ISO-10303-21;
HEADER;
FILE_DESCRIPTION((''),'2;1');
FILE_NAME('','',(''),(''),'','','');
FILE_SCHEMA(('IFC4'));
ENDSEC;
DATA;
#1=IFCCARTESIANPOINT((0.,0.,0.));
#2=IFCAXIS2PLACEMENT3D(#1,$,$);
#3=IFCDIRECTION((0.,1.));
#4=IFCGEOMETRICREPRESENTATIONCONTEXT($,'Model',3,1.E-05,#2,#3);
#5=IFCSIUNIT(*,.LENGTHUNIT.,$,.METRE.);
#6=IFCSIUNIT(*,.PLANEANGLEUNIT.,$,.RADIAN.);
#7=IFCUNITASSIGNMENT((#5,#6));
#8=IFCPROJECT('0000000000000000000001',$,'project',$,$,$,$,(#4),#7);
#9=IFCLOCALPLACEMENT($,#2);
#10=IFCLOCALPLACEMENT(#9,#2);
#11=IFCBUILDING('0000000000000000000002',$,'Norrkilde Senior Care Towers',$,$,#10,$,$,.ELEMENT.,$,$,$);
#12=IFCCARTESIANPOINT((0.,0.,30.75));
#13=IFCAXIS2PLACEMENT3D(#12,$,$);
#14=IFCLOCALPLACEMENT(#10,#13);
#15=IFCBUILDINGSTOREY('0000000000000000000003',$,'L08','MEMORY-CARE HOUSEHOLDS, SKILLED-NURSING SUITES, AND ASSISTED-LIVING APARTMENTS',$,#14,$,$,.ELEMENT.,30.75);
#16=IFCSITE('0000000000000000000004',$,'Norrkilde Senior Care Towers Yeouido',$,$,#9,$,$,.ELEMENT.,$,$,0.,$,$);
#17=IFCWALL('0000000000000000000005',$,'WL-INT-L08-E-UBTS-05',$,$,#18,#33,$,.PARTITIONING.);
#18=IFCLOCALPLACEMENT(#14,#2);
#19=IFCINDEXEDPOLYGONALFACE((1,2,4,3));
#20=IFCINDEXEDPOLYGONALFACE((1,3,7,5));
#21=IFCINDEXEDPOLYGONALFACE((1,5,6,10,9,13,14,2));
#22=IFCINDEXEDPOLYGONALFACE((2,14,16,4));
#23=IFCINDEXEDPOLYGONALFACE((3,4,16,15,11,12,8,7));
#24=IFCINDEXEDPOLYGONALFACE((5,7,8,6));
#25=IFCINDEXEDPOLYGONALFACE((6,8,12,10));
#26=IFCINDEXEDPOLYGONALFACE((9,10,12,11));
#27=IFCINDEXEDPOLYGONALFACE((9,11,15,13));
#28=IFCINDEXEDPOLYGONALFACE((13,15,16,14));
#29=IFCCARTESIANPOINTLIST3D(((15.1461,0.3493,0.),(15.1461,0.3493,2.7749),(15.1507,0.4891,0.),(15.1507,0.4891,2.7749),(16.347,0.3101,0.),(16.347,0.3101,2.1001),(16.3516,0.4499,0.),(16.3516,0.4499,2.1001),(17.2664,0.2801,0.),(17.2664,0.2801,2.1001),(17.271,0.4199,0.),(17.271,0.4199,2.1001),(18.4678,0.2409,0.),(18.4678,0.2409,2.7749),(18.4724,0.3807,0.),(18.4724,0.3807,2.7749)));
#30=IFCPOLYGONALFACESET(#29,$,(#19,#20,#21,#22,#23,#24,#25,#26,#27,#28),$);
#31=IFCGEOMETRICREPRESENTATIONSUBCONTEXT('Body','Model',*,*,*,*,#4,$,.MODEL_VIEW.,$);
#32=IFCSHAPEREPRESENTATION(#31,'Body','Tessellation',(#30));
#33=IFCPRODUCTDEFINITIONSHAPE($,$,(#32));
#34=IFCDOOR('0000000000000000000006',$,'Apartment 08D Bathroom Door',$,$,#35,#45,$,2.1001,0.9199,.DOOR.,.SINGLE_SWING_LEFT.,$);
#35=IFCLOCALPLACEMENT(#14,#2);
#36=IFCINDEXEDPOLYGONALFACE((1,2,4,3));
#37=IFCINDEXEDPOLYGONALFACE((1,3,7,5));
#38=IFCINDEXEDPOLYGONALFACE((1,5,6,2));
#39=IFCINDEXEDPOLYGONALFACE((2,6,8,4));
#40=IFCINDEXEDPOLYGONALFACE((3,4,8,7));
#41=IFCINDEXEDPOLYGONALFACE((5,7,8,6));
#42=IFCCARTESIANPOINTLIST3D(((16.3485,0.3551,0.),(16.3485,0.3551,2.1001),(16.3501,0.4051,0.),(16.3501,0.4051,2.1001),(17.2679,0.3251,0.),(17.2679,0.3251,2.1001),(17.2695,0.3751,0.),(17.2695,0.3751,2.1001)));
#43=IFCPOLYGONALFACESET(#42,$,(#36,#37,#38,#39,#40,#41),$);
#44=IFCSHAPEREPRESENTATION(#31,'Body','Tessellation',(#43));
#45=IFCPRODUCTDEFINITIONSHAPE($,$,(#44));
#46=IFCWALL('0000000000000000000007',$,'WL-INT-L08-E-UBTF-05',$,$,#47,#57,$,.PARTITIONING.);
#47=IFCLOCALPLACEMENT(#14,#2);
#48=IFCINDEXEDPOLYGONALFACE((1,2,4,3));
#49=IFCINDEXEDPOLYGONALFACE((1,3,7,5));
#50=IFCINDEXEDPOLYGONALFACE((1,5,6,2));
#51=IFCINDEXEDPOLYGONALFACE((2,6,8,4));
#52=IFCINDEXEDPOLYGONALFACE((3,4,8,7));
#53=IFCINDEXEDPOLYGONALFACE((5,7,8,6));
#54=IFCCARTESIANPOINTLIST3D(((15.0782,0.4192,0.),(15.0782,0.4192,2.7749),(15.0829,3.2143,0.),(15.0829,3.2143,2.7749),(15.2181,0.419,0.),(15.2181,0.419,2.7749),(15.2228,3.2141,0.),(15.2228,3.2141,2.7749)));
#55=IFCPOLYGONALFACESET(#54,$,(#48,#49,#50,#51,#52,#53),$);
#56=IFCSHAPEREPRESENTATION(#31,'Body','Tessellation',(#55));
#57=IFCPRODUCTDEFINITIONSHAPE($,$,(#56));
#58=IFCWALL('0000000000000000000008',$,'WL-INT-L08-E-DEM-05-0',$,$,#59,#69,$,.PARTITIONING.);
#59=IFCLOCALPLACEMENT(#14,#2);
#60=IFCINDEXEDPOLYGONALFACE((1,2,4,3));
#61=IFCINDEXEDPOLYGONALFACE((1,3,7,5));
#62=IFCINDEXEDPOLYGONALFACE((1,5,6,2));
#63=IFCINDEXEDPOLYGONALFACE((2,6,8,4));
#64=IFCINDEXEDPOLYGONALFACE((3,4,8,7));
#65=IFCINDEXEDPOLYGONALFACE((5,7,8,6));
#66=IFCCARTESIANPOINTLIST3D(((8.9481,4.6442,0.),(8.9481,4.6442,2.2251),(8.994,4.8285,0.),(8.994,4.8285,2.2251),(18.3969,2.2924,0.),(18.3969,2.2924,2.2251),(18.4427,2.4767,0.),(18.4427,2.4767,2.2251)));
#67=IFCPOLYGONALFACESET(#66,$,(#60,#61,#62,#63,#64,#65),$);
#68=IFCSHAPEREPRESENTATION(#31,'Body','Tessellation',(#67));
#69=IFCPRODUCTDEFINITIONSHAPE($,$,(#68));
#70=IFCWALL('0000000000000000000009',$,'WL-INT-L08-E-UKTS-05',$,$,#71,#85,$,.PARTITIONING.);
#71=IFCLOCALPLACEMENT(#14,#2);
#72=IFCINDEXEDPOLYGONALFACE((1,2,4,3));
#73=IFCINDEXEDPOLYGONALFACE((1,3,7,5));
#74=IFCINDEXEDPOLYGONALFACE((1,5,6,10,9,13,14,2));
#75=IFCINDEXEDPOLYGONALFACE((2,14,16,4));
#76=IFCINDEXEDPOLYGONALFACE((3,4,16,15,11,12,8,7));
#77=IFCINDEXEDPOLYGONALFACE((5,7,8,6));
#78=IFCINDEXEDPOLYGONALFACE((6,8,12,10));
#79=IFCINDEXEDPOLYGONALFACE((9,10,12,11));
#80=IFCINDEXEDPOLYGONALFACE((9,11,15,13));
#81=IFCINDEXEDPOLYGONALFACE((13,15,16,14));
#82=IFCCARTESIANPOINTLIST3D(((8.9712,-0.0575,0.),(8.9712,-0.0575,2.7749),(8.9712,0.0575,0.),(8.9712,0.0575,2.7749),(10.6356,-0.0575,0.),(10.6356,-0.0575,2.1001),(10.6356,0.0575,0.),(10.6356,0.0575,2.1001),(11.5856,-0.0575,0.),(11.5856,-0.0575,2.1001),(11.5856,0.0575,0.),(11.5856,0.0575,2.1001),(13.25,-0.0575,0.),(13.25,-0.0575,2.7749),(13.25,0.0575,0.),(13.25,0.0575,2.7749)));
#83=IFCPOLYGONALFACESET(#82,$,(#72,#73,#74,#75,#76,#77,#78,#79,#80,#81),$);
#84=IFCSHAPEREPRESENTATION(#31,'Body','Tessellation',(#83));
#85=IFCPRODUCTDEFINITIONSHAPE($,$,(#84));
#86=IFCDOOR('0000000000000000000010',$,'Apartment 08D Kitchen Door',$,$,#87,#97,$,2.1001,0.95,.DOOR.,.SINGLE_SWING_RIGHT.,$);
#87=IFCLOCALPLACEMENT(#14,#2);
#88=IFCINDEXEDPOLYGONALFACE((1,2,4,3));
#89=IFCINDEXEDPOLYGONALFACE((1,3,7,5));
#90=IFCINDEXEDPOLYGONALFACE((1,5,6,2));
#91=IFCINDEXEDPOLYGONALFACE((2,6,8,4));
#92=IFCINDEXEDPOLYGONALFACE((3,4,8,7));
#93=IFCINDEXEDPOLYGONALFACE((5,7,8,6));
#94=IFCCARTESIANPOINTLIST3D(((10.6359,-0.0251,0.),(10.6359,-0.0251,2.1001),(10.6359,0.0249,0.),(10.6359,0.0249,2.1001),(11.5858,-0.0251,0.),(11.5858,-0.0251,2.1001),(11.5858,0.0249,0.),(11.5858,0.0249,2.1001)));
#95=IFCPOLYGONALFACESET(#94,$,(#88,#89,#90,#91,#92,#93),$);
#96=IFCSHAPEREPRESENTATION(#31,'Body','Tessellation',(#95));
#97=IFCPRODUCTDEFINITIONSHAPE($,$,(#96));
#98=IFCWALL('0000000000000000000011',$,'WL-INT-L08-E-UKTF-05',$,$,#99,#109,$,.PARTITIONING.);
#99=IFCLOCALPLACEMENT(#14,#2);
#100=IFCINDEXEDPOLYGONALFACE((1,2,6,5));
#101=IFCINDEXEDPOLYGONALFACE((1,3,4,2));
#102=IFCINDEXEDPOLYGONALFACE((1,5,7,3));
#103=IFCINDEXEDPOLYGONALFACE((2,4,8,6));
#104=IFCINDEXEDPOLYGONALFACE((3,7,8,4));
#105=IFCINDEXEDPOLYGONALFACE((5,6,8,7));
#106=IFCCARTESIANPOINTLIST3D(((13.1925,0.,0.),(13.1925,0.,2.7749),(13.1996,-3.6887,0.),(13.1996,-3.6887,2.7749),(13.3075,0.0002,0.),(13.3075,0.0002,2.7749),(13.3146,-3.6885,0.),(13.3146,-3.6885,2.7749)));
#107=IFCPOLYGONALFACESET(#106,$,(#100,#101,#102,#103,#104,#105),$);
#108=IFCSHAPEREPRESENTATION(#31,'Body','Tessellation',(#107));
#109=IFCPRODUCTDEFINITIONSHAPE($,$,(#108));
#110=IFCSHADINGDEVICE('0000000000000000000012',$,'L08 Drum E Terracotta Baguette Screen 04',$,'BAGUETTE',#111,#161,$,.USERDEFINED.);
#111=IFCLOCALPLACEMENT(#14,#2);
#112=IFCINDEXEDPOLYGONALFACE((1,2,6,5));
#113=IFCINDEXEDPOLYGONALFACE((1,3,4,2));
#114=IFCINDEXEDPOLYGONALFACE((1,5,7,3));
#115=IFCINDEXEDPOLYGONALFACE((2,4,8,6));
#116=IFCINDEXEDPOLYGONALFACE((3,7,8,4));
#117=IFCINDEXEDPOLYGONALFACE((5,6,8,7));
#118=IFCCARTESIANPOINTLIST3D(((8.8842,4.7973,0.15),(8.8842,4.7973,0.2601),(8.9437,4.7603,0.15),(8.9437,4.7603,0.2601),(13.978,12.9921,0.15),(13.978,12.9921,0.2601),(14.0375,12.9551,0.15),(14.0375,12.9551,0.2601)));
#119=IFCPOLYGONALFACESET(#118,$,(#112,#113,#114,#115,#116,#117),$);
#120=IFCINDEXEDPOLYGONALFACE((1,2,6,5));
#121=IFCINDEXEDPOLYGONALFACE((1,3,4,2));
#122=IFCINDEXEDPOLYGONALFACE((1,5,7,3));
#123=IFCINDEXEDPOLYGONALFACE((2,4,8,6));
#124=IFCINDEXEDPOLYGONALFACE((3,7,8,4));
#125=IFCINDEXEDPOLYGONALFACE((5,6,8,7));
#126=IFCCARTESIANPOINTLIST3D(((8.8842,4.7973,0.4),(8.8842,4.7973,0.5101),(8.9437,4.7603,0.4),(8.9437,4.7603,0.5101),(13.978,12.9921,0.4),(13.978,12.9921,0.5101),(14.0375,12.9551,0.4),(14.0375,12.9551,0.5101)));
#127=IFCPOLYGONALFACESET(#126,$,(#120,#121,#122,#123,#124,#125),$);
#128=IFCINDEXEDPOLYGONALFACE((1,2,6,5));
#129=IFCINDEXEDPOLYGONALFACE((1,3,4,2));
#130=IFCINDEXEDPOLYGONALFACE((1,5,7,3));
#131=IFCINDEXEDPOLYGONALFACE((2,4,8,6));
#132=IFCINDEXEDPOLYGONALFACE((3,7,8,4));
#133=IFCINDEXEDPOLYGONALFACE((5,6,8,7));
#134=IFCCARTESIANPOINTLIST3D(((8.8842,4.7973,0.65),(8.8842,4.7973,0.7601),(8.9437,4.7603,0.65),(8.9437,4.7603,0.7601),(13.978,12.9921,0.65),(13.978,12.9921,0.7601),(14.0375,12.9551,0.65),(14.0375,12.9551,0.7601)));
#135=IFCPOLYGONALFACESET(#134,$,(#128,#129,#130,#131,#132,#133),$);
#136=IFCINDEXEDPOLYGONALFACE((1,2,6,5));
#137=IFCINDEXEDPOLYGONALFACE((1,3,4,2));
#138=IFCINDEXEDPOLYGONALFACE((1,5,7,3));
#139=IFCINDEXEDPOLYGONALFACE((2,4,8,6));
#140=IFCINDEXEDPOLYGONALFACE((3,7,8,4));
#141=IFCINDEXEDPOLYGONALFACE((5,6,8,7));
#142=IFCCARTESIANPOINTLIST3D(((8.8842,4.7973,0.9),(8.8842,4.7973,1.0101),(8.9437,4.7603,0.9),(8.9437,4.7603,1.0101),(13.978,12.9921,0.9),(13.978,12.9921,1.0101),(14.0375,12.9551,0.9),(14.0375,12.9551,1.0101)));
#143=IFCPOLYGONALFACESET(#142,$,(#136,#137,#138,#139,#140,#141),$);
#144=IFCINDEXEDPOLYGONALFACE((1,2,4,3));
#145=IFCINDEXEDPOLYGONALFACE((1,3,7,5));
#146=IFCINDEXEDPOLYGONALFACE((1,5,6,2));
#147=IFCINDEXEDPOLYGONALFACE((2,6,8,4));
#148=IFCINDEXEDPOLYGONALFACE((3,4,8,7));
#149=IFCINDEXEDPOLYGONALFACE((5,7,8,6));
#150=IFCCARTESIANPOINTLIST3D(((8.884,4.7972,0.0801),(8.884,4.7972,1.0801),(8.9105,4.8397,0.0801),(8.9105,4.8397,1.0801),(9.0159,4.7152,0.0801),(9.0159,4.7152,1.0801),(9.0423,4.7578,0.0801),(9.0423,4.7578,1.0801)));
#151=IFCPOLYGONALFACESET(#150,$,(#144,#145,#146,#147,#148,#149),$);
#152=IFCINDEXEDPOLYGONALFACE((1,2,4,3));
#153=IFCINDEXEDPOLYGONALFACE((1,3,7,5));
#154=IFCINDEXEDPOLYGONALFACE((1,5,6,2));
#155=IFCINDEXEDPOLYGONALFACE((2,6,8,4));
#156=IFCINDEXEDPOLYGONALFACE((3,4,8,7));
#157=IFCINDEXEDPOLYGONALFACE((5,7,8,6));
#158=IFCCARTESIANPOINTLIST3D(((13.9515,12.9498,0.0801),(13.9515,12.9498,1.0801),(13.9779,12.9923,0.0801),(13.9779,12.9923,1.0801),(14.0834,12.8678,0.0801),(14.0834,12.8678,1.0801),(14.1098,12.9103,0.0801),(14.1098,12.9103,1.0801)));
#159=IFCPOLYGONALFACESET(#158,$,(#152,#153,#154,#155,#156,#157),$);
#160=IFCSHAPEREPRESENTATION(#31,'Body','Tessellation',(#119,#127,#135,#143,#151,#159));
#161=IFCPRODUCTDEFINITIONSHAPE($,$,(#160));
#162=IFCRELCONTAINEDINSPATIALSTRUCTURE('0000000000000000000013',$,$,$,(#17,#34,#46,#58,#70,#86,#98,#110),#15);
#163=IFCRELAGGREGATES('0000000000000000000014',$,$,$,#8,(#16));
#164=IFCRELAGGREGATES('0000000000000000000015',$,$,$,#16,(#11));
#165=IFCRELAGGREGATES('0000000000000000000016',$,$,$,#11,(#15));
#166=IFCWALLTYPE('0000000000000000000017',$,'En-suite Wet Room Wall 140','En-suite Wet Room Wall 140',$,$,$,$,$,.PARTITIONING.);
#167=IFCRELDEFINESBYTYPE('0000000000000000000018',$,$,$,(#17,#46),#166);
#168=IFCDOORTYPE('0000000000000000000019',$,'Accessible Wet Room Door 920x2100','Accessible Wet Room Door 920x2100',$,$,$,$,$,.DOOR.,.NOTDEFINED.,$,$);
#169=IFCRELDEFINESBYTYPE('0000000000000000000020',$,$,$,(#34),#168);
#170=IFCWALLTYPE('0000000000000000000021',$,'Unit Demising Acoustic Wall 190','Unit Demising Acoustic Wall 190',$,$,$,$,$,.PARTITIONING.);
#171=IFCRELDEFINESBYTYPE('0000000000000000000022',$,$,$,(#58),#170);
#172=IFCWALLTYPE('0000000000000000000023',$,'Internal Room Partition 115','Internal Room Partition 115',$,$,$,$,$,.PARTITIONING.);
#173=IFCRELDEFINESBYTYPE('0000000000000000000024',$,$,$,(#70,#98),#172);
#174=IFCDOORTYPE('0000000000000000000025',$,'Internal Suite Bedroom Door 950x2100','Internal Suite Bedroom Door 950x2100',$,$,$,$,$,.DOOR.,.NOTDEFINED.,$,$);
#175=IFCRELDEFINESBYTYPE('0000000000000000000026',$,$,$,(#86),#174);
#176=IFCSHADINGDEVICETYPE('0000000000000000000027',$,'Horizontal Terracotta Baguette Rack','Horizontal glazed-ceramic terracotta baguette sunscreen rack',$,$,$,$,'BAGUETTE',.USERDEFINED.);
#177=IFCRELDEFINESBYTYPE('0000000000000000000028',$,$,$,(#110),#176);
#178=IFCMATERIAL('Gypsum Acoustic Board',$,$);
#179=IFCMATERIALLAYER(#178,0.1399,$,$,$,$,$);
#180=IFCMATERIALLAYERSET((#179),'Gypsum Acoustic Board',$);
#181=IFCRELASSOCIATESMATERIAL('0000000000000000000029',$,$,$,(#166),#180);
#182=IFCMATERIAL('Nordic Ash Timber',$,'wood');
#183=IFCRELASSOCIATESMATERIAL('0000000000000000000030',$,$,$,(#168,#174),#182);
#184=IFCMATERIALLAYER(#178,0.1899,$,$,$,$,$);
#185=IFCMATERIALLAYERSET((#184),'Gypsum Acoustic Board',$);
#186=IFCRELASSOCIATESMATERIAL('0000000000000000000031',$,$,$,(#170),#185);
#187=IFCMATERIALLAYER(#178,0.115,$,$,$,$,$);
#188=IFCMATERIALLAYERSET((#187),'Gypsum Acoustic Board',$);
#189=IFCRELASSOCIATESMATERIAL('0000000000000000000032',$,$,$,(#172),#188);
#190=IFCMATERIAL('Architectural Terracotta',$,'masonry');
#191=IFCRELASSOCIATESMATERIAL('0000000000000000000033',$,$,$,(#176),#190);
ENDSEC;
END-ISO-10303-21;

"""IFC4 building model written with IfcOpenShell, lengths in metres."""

from ifc_helpers import new_model, si_unit, direction, frame, frame_2d, origin, origin_2d, place, context, subcontext, project, spatial, rectangle, extrude, source, transform, mapped, material, layer, layer_set, type_object, type_shapes, element, fill, save


model = new_model("IFC4")

# Units and contexts
model_context = context("Model", 3, precision=1e-05, world=origin(), true_north=direction((0.0, 1.0)))
body_context = subcontext(model_context, "Body", "Model", "MODEL_VIEW")
ifc_project = project(units=[si_unit("LENGTHUNIT", "METRE"), si_unit("PLANEANGLEUNIT", "RADIAN")], contexts=[model_context])

# Site, building, storey
site_placement = place(None, origin())
site = spatial("IfcSite", under=ifc_project, at=site_placement, Name="Norrkilde Senior Care Towers Yeouido", CompositionType="ELEMENT", RefElevation=0.0)
building_placement = place(site_placement, origin())
building = spatial("IfcBuilding", under=site, at=building_placement, Name="Norrkilde Senior Care Towers", CompositionType="ELEMENT")
storey_placement = place(building_placement, frame((0.0, 0.0, 30.75)))
storey = spatial("IfcBuildingStorey", under=building, at=storey_placement, Name="L08", Description="MEMORY-CARE HOUSEHOLDS, SKILLED-NURSING SUITES, AND ASSISTED-LIVING APARTMENTS", CompositionType="ELEMENT", Elevation=30.75)

# Wall, opening, door
ifc_material_1 = material(Name="Gypsum Acoustic Board")
ifc_layer_1 = layer(ifc_material_1, 0.1399)
ifc_layer_set_1 = layer_set([ifc_layer_1], Name="Gypsum Acoustic Board")
wall_type_1 = type_object("IfcWallType", Name="En-suite Wet Room Wall 140", Description="En-suite Wet Room Wall 140", PredefinedType="PARTITIONING", material=ifc_layer_set_1)
shared_shape_1 = source(origin(), body_context, "Body", "SweptSolid", [
    extrude(rectangle(XDim=3.3235, YDim=0.1399, at=frame_2d((1.6616, 0.0))), origin(), (0.0, 0.0, 1.0), 2.7749),
])
wall_1_placement = place(storey_placement, frame((18.47, 0.3108, 0.0), z_axis=(0.0, 0.0, 1.0), x_axis=(-0.999468, 0.032615, 0.0)))
wall_1 = element("IfcWall", 1, at=wall_1_placement, inside=storey, type_object=wall_type_1, Name="WL-INT-L08-E-UBTS-05", PredefinedType="PARTITIONING", context=body_context, shape_type="MappedRepresentation", body=[
    mapped(shared_shape_1, transform((0.0, 0.0, 0.0), x_axis=(1.0, 0.0, 0.0), y_axis=(0.0, 1.0, 0.0), z_axis=(0.0, 0.0, 1.0), scale=1.0)),
])
opening_1_placement = place(wall_1_placement, frame((1.2019, 0.0, 0.0)))
opening_1 = element("IfcOpeningElement", 2, at=opening_1_placement, cuts=wall_1, PredefinedType="OPENING", context=body_context, shape_type="SweptSolid", body=[
    extrude(rectangle(XDim=0.9199, YDim=2.1001, at=frame_2d((0.46, 1.05))), frame((0.0, 0.0798, 0.0), z_axis=(0.0, -1.0, 0.0), x_axis=(1.0, 0.0, 0.0)), (0.0, 0.0, 1.0), 0.1599),
])
ifc_material_2 = material(Name="Nordic Ash Timber", Category="wood")
door_type_1 = type_object("IfcDoorType", Name="Accessible Wet Room Door 920x2100", Description="Accessible Wet Room Door 920x2100", OperationType="NOTDEFINED", PredefinedType="DOOR", material=ifc_material_2)
shared_shape_2 = source(origin(), body_context, "Body", "SweptSolid", [
    extrude(rectangle(XDim=0.9199, YDim=2.1001, at=frame_2d((0.46, 1.05))), frame((0.0, 0.0249, 0.0), z_axis=(0.0, -1.0, 0.0), x_axis=(1.0, 0.0, 0.0)), (0.0, 0.0, 1.0), 0.05),
])
type_shapes(door_type_1, [shared_shape_2])
door_1_placement = place(opening_1_placement, origin())
door_1 = element("IfcDoor", 3, at=door_1_placement, inside=storey, type_object=door_type_1, Name="Apartment 08D Bathroom Door", OperationType="SINGLE_SWING_LEFT", OverallHeight=2.1001, OverallWidth=0.9199, PredefinedType="DOOR", context=body_context, shape_type="MappedRepresentation", body=[
    mapped(shared_shape_2, transform((0.0, 0.0, 0.0), x_axis=(1.0, 0.0, 0.0), y_axis=(0.0, 1.0, 0.0), z_axis=(0.0, 0.0, 1.0), scale=1.0)),
])
fill(opening_1, door_1)

# Walls
shared_shape_3 = source(origin(), body_context, "Body", "SweptSolid", [
    extrude(rectangle(XDim=2.7952, YDim=0.1399, at=frame_2d((1.3975, 0.0))), origin(), (0.0, 0.0, 1.0), 2.7749),
])
type_shapes(wall_type_1, [shared_shape_1, shared_shape_3])
wall_2_placement = place(storey_placement, frame((15.1482, 0.4192, 0.0), z_axis=(0.0, 0.0, 1.0), x_axis=(0.00166, 0.999999, 0.0)))
element("IfcWall", 4, at=wall_2_placement, inside=storey, type_object=wall_type_1, Name="WL-INT-L08-E-UBTF-05", PredefinedType="PARTITIONING", context=body_context, shape_type="MappedRepresentation", body=[
    mapped(shared_shape_3, transform((0.0, 0.0, 0.0), x_axis=(1.0, 0.0, 0.0), y_axis=(0.0, 1.0, 0.0), z_axis=(0.0, 0.0, 1.0), scale=1.0)),
])
ifc_layer_2 = layer(ifc_material_1, 0.1899)
ifc_layer_set_2 = layer_set([ifc_layer_2], Name="Gypsum Acoustic Board")
wall_type_2 = type_object("IfcWallType", Name="Unit Demising Acoustic Wall 190", Description="Unit Demising Acoustic Wall 190", PredefinedType="PARTITIONING", material=ifc_layer_set_2)
shared_shape_4 = source(origin(), body_context, "Body", "SweptSolid", [
    extrude(rectangle(XDim=9.7371, YDim=0.1899, at=frame_2d((4.8687, 0.0))), origin(), (0.0, 0.0, 1.0), 2.2251),
])
type_shapes(wall_type_2, [shared_shape_4])
wall_3_placement = place(storey_placement, frame((18.4199, 2.3845, 0.0), z_axis=(0.0, 0.0, 1.0), x_axis=(-0.970393, 0.241533, 0.0)))
element("IfcWall", 5, at=wall_3_placement, inside=storey, type_object=wall_type_2, Name="WL-INT-L08-E-DEM-05-0", PredefinedType="PARTITIONING", context=body_context, shape_type="MappedRepresentation", body=[
    mapped(shared_shape_4, transform((0.0, 0.0, 0.0), x_axis=(1.0, 0.0, 0.0), y_axis=(0.0, 1.0, 0.0), z_axis=(0.0, 0.0, 1.0), scale=1.0)),
])

# Wall, opening, door
ifc_layer_3 = layer(ifc_material_1, 0.115)
ifc_layer_set_3 = layer_set([ifc_layer_3], Name="Gypsum Acoustic Board")
wall_type_3 = type_object("IfcWallType", Name="Internal Room Partition 115", Description="Internal Room Partition 115", PredefinedType="PARTITIONING", material=ifc_layer_set_3)
shared_shape_5 = source(origin(), body_context, "Body", "SweptSolid", [
    extrude(rectangle(XDim=4.2788, YDim=0.115, at=frame_2d((2.1394, 0.0))), origin(), (0.0, 0.0, 1.0), 2.7749),
])
wall_4_placement = place(storey_placement, frame((13.25, 0.0, 0.0), z_axis=(0.0, 0.0, 1.0), x_axis=(-1.0, 0.0, 0.0)))
wall_4 = element("IfcWall", 6, at=wall_4_placement, inside=storey, type_object=wall_type_3, Name="WL-INT-L08-E-UKTS-05", PredefinedType="PARTITIONING", context=body_context, shape_type="MappedRepresentation", body=[
    mapped(shared_shape_5, transform((0.0, 0.0, 0.0), x_axis=(1.0, 0.0, 0.0), y_axis=(0.0, 1.0, 0.0), z_axis=(0.0, 0.0, 1.0), scale=1.0)),
])
opening_2_placement = place(wall_4_placement, frame((1.6643, 0.0, 0.0)))
opening_2 = element("IfcOpeningElement", 7, at=opening_2_placement, cuts=wall_4, PredefinedType="OPENING", context=body_context, shape_type="SweptSolid", body=[
    extrude(rectangle(XDim=0.95, YDim=2.1001, at=frame_2d((0.4751, 1.05))), frame((0.0, 0.0674, 0.0), z_axis=(0.0, -1.0, 0.0), x_axis=(1.0, 0.0, 0.0)), (0.0, 0.0, 1.0), 0.135),
])
door_type_2 = type_object("IfcDoorType", Name="Internal Suite Bedroom Door 950x2100", Description="Internal Suite Bedroom Door 950x2100", OperationType="NOTDEFINED", PredefinedType="DOOR", material=ifc_material_2)
shared_shape_6 = source(origin(), body_context, "Body", "SweptSolid", [
    extrude(rectangle(XDim=0.95, YDim=2.1001, at=frame_2d((0.4751, 1.05))), frame((0.0, 0.0249, 0.0), z_axis=(0.0, -1.0, 0.0), x_axis=(1.0, 0.0, 0.0)), (0.0, 0.0, 1.0), 0.05),
])
type_shapes(door_type_2, [shared_shape_6])
door_2_placement = place(opening_2_placement, frame((0.95, 0.0, 0.0), z_axis=(0.0, 0.0, 1.0), x_axis=(-1.0, 0.0, 0.0)))
door_2 = element("IfcDoor", 8, at=door_2_placement, inside=storey, type_object=door_type_2, Name="Apartment 08D Kitchen Door", OperationType="SINGLE_SWING_RIGHT", OverallHeight=2.1001, OverallWidth=0.95, PredefinedType="DOOR", context=body_context, shape_type="MappedRepresentation", body=[
    mapped(shared_shape_6, transform((0.0, 0.0, 0.0), x_axis=(1.0, 0.0, 0.0), y_axis=(0.0, 1.0, 0.0), z_axis=(0.0, 0.0, 1.0), scale=1.0)),
])
fill(opening_2, door_2)

# Wall
shared_shape_7 = source(origin(), body_context, "Body", "SweptSolid", [
    extrude(rectangle(XDim=3.6887, YDim=0.115, at=frame_2d((1.8442, 0.0))), origin(), (0.0, 0.0, 1.0), 2.7749),
])
type_shapes(wall_type_3, [shared_shape_5, shared_shape_7])
wall_5_placement = place(storey_placement, frame((13.25, 0.0, 0.0), z_axis=(0.0, 0.0, 1.0), x_axis=(0.001919, -0.999998, 0.0)))
element("IfcWall", 9, at=wall_5_placement, inside=storey, type_object=wall_type_3, Name="WL-INT-L08-E-UKTF-05", PredefinedType="PARTITIONING", context=body_context, shape_type="MappedRepresentation", body=[
    mapped(shared_shape_7, transform((0.0, 0.0, 0.0), x_axis=(1.0, 0.0, 0.0), y_axis=(0.0, 1.0, 0.0), z_axis=(0.0, 0.0, 1.0), scale=1.0)),
])

# Shading device
ifc_material_3 = material(Name="Architectural Terracotta", Category="masonry")
shading_device_type = type_object("IfcShadingDeviceType", Name="Horizontal Terracotta Baguette Rack", Description="Horizontal glazed-ceramic terracotta baguette sunscreen rack", ElementType="BAGUETTE", PredefinedType="USERDEFINED", material=ifc_material_3)
shared_shape_8 = source(origin(), body_context, "Body", "SweptSolid", [
    extrude(rectangle(XDim=0.0701, YDim=0.1101, at=origin_2d()), frame((0.0, 0.0901, 0.125), z_axis=(1.0, 0.0, 0.0), x_axis=(0.0, 1.0, 0.0)), (0.0, 0.0, 1.0), 9.6489),
    extrude(rectangle(XDim=0.0701, YDim=0.1101, at=origin_2d()), frame((0.0, 0.0901, 0.375), z_axis=(1.0, 0.0, 0.0), x_axis=(0.0, 1.0, 0.0)), (0.0, 0.0, 1.0), 9.6489),
    extrude(rectangle(XDim=0.0701, YDim=0.1101, at=origin_2d()), frame((0.0, 0.0901, 0.625), z_axis=(1.0, 0.0, 0.0), x_axis=(0.0, 1.0, 0.0)), (0.0, 0.0, 1.0), 9.6489),
    extrude(rectangle(XDim=0.0701, YDim=0.1101, at=origin_2d()), frame((0.0, 0.0901, 0.875), z_axis=(1.0, 0.0, 0.0), x_axis=(0.0, 1.0, 0.0)), (0.0, 0.0, 1.0), 9.6489),
    extrude(rectangle(XDim=0.05, YDim=0.1553, at=origin_2d()), frame((0.0249, 0.0476, 0.0)), (0.0, 0.0, 1.0), 1.0),
    extrude(rectangle(XDim=0.05, YDim=0.1553, at=origin_2d()), frame((9.624, 0.0476, 0.0)), (0.0, 0.0, 1.0), 1.0),
])
type_shapes(shading_device_type, [shared_shape_8])
shading_device_placement = place(storey_placement, frame((8.9905, 4.7312, 0.0801), z_axis=(0.0, 0.0, 1.0), x_axis=(0.527909, 0.849299, 0.0)))
element("IfcShadingDevice", 10, at=shading_device_placement, inside=storey, type_object=shading_device_type, Name="L08 Drum E Terracotta Baguette Screen 04", ObjectType="BAGUETTE", PredefinedType="USERDEFINED", context=body_context, shape_type="MappedRepresentation", body=[
    mapped(shared_shape_8, transform((0.0, 0.0, 0.0), x_axis=(1.0, 0.0, 0.0), y_axis=(0.0, 1.0, 0.0), z_axis=(0.0, 0.0, 1.0), scale=1.0)),
])

save(model, "model.ifc")
